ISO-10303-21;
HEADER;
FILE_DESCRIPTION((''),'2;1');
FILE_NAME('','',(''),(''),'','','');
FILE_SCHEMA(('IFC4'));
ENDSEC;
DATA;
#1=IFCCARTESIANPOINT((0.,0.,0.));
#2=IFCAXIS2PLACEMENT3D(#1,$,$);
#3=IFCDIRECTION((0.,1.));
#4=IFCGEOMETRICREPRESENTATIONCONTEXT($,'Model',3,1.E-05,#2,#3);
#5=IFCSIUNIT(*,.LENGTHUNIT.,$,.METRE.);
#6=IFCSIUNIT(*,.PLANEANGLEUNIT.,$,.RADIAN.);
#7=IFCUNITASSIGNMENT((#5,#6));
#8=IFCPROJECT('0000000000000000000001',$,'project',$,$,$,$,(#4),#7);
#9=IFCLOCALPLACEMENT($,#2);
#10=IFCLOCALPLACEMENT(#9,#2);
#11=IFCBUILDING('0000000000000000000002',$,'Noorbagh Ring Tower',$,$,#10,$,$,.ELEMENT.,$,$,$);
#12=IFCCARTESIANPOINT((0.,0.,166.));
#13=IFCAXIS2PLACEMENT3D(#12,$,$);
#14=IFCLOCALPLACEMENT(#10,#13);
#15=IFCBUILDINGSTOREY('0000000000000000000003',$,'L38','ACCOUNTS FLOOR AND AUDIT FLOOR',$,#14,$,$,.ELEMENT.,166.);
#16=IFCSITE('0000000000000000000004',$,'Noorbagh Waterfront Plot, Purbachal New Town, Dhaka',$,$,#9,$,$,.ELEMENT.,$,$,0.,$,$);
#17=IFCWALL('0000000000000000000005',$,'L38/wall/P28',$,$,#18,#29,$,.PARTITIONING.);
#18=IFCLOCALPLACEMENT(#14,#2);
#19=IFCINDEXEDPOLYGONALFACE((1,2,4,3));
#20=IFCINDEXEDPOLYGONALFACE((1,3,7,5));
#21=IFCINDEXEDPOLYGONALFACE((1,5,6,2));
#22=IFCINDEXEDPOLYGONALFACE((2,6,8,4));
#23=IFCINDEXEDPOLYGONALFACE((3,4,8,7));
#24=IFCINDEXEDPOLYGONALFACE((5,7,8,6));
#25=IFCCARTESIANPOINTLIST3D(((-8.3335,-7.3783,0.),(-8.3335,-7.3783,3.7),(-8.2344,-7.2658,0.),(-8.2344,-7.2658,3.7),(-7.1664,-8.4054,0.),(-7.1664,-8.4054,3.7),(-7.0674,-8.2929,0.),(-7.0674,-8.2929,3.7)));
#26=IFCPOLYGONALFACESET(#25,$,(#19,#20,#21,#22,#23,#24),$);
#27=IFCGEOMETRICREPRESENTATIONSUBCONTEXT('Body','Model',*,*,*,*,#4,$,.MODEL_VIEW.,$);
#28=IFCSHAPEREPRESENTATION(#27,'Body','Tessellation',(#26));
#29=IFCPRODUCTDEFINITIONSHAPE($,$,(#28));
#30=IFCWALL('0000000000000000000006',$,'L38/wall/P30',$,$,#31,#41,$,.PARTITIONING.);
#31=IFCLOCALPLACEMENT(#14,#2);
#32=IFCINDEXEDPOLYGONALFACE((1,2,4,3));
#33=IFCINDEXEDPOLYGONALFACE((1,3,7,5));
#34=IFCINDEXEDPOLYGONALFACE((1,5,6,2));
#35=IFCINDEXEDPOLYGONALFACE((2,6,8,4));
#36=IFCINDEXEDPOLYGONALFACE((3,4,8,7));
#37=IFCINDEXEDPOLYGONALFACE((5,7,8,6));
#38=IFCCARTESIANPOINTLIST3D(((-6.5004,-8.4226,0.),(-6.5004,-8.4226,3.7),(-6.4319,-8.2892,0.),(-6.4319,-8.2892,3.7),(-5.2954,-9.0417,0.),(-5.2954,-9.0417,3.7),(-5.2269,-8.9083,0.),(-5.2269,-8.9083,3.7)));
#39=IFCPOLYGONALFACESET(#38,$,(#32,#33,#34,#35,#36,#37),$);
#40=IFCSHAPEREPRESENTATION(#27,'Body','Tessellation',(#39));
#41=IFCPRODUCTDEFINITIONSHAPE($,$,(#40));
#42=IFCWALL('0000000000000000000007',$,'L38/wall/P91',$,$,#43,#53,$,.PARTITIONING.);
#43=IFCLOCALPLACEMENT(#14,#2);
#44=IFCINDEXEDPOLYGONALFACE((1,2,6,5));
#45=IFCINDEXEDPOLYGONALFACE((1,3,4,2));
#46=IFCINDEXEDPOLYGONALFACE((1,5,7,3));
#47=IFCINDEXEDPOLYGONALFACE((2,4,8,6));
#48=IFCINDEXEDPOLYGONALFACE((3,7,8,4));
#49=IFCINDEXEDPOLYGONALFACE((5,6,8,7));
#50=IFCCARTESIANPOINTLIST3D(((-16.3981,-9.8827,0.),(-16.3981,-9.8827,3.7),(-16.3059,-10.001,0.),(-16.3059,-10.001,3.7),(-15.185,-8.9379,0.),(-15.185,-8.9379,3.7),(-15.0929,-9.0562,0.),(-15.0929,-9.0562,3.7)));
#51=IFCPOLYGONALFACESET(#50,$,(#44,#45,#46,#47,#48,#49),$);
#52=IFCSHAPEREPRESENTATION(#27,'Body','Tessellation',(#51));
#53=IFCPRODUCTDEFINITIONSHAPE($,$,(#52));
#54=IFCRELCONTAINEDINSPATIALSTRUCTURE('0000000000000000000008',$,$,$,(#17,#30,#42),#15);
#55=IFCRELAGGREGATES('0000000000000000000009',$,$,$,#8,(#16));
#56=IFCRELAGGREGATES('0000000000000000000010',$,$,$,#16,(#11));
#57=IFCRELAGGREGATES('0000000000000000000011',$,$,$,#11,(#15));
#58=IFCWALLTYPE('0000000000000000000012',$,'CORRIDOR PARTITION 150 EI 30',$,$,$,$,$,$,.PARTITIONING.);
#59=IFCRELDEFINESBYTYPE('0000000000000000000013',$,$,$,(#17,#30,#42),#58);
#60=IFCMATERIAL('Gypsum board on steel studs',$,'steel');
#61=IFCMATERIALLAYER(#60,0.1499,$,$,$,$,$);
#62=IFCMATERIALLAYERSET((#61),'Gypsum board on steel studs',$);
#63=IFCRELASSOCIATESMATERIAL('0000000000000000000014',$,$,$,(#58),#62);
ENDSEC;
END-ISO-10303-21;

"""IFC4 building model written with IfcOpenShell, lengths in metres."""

from ifc_helpers import new_model, si_unit, direction, frame, frame_2d, origin, place, context, subcontext, project, spatial, rectangle, extrude, material, layer, layer_set, type_object, element, save


model = new_model("IFC4")

# Units and contexts
model_context = context("Model", 3, precision=1e-05, world=origin(), true_north=direction((0.0, 1.0)))
body_context = subcontext(model_context, "Body", "Model", "MODEL_VIEW")
ifc_project = project(units=[si_unit("LENGTHUNIT", "METRE"), si_unit("PLANEANGLEUNIT", "RADIAN")], contexts=[model_context])

# Site, building, storey
site_placement = place(None, origin())
site = spatial("IfcSite", under=ifc_project, at=site_placement, Name="Noorbagh Waterfront Plot, Purbachal New Town, Dhaka", CompositionType="ELEMENT", RefElevation=0.0)
building_placement = place(site_placement, origin())
building = spatial("IfcBuilding", under=site, at=building_placement, Name="Noorbagh Ring Tower", CompositionType="ELEMENT")
storey_placement = place(building_placement, frame((0.0, 0.0, 166.0)))
storey = spatial("IfcBuildingStorey", under=building, at=storey_placement, Name="L38", Description="ACCOUNTS FLOOR AND AUDIT FLOOR", CompositionType="ELEMENT", Elevation=166.0)

# Shared definitions
ifc_material_1 = material(Name="Gypsum board on steel studs", Category="steel")
ifc_layer_1 = layer(ifc_material_1, 0.1499)
ifc_layer_set_1 = layer_set([ifc_layer_1], Name="Gypsum board on steel studs")
wall_type_1 = type_object("IfcWallType", Name="CORRIDOR PARTITION 150 EI 30", PredefinedType="PARTITIONING", material=ifc_layer_set_1)

# Walls
wall_1_placement = place(storey_placement, frame((-8.2839, -7.322, 0.0), z_axis=(0.0, 0.0, 1.0), x_axis=(0.750667, -0.660681, 0.0)))
element("IfcWall", 1, at=wall_1_placement, inside=storey, type_object=wall_type_1, Name="L38/wall/P28", PredefinedType="PARTITIONING", context=body_context, shape_type="SweptSolid", body=[
    extrude(rectangle(XDim=1.5547, YDim=0.1499, at=frame_2d((0.7773, 0.0))), origin(), (0.0, 0.0, 1.0), 3.7),
])
wall_2_placement = place(storey_placement, frame((-6.4661, -8.356, 0.0), z_axis=(0.0, 0.0, 1.0), x_axis=(0.889472, -0.45699, 0.0)))
element("IfcWall", 2, at=wall_2_placement, inside=storey, type_object=wall_type_1, Name="L38/wall/P30", PredefinedType="PARTITIONING", context=body_context, shape_type="SweptSolid", body=[
    extrude(rectangle(XDim=1.3547, YDim=0.1499, at=frame_2d((0.6772, 0.0))), origin(), (0.0, 0.0, 1.0), 3.7),
])
wall_3_placement = place(storey_placement, frame((-15.1389, -8.9971, 0.0), z_axis=(0.0, 0.0, 1.0), x_axis=(-0.78895, -0.614457, 0.0)))
element("IfcWall", 3, at=wall_3_placement, inside=storey, type_object=wall_type_1, Name="L38/wall/P91", PredefinedType="PARTITIONING", context=body_context, shape_type="SweptSolid", body=[
    extrude(rectangle(XDim=1.5376, YDim=0.1499, at=frame_2d((0.7688, 0.0))), origin(), (0.0, 0.0, 1.0), 3.7),
])

save(model, "model.ifc")
